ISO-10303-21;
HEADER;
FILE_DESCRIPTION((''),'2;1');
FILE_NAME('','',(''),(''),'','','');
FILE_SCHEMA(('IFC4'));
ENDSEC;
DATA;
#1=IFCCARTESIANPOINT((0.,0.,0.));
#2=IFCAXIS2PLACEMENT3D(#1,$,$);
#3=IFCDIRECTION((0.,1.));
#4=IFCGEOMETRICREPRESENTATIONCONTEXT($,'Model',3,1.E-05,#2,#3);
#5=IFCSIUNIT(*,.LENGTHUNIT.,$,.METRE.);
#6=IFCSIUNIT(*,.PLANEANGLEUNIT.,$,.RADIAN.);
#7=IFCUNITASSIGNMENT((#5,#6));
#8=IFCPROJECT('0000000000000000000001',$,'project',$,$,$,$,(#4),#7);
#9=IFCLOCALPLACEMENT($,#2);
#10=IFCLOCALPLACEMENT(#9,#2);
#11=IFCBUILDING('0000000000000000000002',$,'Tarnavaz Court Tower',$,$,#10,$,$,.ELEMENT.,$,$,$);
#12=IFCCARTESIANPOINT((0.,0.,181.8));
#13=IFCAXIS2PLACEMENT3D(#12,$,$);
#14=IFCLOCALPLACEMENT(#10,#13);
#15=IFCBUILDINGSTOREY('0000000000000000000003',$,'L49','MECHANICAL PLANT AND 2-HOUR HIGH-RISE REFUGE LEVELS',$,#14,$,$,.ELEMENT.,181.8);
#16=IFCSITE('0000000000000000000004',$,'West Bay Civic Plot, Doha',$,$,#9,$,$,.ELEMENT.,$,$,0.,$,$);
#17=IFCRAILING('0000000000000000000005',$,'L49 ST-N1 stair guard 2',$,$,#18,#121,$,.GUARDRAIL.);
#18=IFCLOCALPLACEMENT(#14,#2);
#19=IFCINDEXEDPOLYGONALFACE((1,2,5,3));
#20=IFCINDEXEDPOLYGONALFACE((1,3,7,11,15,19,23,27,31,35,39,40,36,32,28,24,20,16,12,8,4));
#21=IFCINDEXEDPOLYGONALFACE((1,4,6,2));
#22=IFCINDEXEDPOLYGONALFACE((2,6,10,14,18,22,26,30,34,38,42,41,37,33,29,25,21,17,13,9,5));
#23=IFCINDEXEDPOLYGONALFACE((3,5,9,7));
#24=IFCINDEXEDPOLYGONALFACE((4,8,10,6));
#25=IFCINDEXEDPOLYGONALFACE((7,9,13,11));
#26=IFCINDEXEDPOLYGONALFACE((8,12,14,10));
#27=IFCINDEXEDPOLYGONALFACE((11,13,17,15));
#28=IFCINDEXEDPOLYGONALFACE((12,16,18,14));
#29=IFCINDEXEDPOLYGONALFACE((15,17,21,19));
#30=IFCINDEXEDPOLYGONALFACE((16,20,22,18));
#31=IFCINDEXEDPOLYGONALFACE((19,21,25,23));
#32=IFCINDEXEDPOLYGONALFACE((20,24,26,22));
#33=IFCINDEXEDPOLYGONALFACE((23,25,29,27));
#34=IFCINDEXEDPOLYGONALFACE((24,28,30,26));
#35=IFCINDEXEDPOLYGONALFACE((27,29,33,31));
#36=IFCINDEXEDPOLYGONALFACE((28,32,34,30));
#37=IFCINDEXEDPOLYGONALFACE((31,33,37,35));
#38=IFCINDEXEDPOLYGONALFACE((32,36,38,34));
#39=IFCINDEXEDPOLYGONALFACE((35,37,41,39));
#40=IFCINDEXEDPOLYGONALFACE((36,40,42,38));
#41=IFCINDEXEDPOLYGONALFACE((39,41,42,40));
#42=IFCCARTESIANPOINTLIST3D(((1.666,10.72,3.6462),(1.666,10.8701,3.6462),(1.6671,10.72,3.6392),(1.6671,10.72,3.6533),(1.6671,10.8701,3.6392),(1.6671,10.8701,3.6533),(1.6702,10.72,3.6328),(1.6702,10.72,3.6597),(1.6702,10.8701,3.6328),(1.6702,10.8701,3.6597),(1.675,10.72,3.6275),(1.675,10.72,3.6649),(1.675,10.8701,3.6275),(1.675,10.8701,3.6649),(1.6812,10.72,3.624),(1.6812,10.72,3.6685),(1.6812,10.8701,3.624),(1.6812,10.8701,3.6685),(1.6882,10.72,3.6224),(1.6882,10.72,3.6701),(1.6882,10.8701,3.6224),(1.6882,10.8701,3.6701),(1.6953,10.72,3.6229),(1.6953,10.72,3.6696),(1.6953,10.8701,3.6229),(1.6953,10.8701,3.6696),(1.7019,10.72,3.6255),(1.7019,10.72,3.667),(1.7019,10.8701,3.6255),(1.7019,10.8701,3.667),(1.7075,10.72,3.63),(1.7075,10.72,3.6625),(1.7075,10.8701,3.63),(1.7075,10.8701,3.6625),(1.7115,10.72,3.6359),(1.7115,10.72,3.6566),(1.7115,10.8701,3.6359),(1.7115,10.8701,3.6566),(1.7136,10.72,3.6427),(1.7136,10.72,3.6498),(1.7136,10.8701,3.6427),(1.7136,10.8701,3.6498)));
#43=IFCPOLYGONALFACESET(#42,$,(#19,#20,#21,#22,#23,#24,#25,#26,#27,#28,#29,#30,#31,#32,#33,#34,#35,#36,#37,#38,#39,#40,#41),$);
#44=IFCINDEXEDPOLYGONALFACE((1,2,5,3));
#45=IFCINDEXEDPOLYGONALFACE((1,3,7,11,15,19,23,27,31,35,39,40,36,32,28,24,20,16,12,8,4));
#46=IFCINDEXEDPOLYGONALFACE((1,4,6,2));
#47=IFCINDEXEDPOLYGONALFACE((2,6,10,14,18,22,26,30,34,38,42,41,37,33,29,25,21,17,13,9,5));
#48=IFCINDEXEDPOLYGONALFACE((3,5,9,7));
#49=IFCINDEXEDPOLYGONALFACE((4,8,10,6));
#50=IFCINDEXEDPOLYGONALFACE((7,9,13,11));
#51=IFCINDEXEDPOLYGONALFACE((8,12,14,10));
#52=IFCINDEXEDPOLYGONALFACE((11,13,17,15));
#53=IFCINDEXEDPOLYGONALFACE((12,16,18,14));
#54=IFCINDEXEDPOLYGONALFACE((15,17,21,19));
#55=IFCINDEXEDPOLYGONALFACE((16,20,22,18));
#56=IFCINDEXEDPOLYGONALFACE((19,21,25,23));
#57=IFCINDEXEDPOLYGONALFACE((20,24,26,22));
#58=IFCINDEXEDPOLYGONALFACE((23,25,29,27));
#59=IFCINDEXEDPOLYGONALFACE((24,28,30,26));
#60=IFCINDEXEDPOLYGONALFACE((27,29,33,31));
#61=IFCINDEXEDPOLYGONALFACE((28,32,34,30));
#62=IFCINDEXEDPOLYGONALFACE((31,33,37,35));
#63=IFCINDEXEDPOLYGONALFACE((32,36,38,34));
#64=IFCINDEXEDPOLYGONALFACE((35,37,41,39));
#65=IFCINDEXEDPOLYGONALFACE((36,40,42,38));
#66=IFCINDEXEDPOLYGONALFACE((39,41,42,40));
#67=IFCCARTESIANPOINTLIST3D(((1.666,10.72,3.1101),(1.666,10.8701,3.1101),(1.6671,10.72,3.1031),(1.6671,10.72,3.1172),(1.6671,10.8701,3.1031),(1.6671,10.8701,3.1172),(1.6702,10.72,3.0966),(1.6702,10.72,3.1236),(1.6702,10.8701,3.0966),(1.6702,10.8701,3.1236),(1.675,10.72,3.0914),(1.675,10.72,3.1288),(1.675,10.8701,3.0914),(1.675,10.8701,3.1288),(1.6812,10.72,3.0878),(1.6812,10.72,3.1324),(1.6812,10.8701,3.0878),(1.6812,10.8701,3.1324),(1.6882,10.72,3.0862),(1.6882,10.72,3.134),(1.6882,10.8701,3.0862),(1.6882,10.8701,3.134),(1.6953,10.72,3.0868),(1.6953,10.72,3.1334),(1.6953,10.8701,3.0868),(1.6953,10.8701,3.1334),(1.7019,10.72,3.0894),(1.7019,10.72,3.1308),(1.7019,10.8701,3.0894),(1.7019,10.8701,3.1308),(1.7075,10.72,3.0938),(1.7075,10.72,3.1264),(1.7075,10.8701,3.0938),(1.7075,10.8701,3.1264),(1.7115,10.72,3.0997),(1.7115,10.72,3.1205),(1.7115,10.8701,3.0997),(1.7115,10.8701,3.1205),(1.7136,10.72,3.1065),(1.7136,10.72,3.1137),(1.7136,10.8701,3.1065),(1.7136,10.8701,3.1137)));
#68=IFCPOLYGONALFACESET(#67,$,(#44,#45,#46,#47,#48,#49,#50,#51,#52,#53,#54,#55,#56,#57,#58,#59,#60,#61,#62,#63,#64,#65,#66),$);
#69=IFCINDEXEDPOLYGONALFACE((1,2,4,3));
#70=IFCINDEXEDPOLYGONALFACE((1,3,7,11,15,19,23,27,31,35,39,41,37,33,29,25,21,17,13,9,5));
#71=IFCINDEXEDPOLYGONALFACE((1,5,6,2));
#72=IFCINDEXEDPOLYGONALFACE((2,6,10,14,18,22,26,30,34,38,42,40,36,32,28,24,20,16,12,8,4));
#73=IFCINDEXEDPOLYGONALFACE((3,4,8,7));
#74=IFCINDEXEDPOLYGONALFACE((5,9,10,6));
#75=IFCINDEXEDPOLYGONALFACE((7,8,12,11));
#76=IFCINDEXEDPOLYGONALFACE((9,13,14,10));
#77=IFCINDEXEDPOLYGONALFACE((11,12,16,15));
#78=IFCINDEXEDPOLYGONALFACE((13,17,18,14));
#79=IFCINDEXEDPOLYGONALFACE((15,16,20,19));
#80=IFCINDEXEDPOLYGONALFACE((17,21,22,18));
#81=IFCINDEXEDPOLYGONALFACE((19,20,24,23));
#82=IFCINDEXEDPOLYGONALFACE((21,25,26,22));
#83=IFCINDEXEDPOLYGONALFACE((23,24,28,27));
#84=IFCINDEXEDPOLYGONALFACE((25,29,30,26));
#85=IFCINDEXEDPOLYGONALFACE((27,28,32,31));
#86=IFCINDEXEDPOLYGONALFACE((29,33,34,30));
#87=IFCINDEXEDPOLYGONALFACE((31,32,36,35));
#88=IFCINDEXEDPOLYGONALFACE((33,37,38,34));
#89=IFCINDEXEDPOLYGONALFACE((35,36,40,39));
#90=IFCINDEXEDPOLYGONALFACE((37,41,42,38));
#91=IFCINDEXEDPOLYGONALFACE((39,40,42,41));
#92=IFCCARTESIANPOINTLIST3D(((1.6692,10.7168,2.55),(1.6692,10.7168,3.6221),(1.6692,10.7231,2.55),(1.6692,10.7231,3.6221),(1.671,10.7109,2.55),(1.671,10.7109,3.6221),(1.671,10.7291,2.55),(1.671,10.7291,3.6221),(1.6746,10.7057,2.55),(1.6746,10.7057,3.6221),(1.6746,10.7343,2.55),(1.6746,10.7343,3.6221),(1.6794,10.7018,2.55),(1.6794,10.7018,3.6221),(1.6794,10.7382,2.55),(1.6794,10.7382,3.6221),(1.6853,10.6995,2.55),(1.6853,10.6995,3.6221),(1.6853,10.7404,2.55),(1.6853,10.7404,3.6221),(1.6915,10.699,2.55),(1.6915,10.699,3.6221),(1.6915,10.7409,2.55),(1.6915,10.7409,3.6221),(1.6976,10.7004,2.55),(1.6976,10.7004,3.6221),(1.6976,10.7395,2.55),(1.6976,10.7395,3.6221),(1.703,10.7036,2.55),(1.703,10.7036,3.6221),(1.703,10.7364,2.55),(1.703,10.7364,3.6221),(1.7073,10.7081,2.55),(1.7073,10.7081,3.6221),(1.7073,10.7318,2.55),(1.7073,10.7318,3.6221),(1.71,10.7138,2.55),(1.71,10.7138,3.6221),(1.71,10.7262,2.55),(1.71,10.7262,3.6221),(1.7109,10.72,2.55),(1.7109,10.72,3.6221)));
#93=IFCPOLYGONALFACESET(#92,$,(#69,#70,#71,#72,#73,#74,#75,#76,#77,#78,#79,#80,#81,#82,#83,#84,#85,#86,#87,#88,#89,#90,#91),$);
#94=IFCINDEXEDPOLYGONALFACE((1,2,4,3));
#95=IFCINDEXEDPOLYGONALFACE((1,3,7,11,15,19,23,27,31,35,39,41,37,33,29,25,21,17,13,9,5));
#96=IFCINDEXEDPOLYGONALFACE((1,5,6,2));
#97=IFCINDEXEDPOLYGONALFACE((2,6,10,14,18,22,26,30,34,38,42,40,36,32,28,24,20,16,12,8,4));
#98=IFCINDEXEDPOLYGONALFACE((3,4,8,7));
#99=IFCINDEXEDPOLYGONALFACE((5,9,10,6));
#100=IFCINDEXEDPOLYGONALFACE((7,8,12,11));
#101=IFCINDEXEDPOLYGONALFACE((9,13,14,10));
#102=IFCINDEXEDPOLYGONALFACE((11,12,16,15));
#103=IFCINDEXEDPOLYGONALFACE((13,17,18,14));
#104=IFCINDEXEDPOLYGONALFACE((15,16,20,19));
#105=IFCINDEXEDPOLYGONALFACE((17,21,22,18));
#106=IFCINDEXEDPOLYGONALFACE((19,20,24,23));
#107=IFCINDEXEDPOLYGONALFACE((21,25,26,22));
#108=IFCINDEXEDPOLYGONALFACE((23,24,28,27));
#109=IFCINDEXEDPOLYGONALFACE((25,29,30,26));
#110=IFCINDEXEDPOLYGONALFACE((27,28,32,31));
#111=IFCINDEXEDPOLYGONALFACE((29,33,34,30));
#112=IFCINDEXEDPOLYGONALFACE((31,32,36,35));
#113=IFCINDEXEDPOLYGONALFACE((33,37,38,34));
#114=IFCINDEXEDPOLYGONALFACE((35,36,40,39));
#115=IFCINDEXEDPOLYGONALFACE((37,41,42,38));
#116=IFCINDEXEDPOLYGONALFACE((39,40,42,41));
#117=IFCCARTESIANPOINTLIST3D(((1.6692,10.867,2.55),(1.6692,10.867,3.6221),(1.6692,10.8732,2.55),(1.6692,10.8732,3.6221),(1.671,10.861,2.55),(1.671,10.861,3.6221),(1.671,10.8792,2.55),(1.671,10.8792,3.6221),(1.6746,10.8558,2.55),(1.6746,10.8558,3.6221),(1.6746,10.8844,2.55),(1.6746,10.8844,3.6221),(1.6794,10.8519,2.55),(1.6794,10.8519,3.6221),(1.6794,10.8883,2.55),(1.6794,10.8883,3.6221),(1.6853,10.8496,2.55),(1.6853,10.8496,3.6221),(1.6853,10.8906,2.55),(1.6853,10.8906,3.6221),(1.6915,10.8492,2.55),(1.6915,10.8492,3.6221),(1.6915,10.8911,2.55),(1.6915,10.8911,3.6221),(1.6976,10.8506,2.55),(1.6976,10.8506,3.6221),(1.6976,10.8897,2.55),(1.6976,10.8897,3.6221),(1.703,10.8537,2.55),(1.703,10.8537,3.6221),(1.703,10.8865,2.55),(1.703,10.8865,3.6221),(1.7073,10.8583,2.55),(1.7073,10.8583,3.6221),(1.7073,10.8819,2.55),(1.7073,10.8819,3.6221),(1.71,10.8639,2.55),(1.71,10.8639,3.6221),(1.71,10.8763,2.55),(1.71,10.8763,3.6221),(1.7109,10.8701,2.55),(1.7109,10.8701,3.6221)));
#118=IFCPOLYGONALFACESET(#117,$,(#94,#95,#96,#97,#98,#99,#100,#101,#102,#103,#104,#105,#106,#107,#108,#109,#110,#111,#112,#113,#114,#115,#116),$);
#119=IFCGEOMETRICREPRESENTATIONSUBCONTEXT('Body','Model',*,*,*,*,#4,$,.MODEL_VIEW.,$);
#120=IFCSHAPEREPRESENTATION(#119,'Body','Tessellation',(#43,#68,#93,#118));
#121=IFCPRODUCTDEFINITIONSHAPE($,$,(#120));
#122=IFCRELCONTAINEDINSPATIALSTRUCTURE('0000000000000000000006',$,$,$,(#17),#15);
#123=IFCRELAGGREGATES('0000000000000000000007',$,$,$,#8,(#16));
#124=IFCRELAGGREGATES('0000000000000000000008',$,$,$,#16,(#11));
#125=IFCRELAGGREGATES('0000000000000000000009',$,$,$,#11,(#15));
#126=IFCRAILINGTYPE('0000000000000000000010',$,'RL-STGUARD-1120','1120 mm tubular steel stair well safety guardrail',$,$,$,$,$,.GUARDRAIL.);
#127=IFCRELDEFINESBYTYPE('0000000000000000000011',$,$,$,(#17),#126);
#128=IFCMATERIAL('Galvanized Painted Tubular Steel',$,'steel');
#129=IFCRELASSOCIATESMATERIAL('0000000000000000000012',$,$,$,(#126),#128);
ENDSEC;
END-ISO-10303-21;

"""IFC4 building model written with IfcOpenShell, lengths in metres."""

from ifc_helpers import new_model, si_unit, direction, frame, origin, origin_2d, place, context, subcontext, project, spatial, circle, extrude, material, type_object, element, save


model = new_model("IFC4")

# Units and contexts
model_context = context("Model", 3, precision=1e-05, world=origin(), true_north=direction((0.0, 1.0)))
body_context = subcontext(model_context, "Body", "Model", "MODEL_VIEW")
ifc_project = project(units=[si_unit("LENGTHUNIT", "METRE"), si_unit("PLANEANGLEUNIT", "RADIAN")], contexts=[model_context])

# Site, building, storey
site_placement = place(None, origin())
site = spatial("IfcSite", under=ifc_project, at=site_placement, Name="West Bay Civic Plot, Doha", CompositionType="ELEMENT", RefElevation=0.0)
building_placement = place(site_placement, origin())
building = spatial("IfcBuilding", under=site, at=building_placement, Name="Tarnavaz Court Tower", CompositionType="ELEMENT")
storey_placement = place(building_placement, frame((0.0, 0.0, 181.8)))
storey = spatial("IfcBuildingStorey", under=building, at=storey_placement, Name="L49", Description="MECHANICAL PLANT AND 2-HOUR HIGH-RISE REFUGE LEVELS", CompositionType="ELEMENT", Elevation=181.8)

# Railing
ifc_material_1 = material(Name="Galvanized Painted Tubular Steel", Category="steel")
railing_type_1 = type_object("IfcRailingType", Name="RL-STGUARD-1120", Description="1120 mm tubular steel stair well safety guardrail", PredefinedType="GUARDRAIL", material=ifc_material_1)
railing_1_placement = place(storey_placement, frame((1.6899, 10.72, 2.55)))
element("IfcRailing", 1, at=railing_1_placement, inside=storey, type_object=railing_type_1, Name="L49 ST-N1 stair guard 2", PredefinedType="GUARDRAIL", context=body_context, shape_type="SweptSolid", body=[
    extrude(circle(Radius=0.0239, at=origin_2d()), frame((0.0, 0.0, 1.0962), z_axis=(0.0, 1.0, 0.0), x_axis=(-1.0, 0.0, 0.0)), (0.0, 0.0, 1.0), 0.1501),
    extrude(circle(Radius=0.0239, at=origin_2d()), frame((0.0, 0.0, 0.5601), z_axis=(0.0, 1.0, 0.0), x_axis=(-1.0, 0.0, 0.0)), (0.0, 0.0, 1.0), 0.1501),
    extrude(circle(Radius=0.021, at=origin_2d()), origin(), (0.0, 0.0, 1.0), 1.072),
    extrude(circle(Radius=0.021, at=origin_2d()), frame((0.0, 0.1501, 0.0)), (0.0, 0.0, 1.0), 1.072),
])

save(model, "model.ifc")
